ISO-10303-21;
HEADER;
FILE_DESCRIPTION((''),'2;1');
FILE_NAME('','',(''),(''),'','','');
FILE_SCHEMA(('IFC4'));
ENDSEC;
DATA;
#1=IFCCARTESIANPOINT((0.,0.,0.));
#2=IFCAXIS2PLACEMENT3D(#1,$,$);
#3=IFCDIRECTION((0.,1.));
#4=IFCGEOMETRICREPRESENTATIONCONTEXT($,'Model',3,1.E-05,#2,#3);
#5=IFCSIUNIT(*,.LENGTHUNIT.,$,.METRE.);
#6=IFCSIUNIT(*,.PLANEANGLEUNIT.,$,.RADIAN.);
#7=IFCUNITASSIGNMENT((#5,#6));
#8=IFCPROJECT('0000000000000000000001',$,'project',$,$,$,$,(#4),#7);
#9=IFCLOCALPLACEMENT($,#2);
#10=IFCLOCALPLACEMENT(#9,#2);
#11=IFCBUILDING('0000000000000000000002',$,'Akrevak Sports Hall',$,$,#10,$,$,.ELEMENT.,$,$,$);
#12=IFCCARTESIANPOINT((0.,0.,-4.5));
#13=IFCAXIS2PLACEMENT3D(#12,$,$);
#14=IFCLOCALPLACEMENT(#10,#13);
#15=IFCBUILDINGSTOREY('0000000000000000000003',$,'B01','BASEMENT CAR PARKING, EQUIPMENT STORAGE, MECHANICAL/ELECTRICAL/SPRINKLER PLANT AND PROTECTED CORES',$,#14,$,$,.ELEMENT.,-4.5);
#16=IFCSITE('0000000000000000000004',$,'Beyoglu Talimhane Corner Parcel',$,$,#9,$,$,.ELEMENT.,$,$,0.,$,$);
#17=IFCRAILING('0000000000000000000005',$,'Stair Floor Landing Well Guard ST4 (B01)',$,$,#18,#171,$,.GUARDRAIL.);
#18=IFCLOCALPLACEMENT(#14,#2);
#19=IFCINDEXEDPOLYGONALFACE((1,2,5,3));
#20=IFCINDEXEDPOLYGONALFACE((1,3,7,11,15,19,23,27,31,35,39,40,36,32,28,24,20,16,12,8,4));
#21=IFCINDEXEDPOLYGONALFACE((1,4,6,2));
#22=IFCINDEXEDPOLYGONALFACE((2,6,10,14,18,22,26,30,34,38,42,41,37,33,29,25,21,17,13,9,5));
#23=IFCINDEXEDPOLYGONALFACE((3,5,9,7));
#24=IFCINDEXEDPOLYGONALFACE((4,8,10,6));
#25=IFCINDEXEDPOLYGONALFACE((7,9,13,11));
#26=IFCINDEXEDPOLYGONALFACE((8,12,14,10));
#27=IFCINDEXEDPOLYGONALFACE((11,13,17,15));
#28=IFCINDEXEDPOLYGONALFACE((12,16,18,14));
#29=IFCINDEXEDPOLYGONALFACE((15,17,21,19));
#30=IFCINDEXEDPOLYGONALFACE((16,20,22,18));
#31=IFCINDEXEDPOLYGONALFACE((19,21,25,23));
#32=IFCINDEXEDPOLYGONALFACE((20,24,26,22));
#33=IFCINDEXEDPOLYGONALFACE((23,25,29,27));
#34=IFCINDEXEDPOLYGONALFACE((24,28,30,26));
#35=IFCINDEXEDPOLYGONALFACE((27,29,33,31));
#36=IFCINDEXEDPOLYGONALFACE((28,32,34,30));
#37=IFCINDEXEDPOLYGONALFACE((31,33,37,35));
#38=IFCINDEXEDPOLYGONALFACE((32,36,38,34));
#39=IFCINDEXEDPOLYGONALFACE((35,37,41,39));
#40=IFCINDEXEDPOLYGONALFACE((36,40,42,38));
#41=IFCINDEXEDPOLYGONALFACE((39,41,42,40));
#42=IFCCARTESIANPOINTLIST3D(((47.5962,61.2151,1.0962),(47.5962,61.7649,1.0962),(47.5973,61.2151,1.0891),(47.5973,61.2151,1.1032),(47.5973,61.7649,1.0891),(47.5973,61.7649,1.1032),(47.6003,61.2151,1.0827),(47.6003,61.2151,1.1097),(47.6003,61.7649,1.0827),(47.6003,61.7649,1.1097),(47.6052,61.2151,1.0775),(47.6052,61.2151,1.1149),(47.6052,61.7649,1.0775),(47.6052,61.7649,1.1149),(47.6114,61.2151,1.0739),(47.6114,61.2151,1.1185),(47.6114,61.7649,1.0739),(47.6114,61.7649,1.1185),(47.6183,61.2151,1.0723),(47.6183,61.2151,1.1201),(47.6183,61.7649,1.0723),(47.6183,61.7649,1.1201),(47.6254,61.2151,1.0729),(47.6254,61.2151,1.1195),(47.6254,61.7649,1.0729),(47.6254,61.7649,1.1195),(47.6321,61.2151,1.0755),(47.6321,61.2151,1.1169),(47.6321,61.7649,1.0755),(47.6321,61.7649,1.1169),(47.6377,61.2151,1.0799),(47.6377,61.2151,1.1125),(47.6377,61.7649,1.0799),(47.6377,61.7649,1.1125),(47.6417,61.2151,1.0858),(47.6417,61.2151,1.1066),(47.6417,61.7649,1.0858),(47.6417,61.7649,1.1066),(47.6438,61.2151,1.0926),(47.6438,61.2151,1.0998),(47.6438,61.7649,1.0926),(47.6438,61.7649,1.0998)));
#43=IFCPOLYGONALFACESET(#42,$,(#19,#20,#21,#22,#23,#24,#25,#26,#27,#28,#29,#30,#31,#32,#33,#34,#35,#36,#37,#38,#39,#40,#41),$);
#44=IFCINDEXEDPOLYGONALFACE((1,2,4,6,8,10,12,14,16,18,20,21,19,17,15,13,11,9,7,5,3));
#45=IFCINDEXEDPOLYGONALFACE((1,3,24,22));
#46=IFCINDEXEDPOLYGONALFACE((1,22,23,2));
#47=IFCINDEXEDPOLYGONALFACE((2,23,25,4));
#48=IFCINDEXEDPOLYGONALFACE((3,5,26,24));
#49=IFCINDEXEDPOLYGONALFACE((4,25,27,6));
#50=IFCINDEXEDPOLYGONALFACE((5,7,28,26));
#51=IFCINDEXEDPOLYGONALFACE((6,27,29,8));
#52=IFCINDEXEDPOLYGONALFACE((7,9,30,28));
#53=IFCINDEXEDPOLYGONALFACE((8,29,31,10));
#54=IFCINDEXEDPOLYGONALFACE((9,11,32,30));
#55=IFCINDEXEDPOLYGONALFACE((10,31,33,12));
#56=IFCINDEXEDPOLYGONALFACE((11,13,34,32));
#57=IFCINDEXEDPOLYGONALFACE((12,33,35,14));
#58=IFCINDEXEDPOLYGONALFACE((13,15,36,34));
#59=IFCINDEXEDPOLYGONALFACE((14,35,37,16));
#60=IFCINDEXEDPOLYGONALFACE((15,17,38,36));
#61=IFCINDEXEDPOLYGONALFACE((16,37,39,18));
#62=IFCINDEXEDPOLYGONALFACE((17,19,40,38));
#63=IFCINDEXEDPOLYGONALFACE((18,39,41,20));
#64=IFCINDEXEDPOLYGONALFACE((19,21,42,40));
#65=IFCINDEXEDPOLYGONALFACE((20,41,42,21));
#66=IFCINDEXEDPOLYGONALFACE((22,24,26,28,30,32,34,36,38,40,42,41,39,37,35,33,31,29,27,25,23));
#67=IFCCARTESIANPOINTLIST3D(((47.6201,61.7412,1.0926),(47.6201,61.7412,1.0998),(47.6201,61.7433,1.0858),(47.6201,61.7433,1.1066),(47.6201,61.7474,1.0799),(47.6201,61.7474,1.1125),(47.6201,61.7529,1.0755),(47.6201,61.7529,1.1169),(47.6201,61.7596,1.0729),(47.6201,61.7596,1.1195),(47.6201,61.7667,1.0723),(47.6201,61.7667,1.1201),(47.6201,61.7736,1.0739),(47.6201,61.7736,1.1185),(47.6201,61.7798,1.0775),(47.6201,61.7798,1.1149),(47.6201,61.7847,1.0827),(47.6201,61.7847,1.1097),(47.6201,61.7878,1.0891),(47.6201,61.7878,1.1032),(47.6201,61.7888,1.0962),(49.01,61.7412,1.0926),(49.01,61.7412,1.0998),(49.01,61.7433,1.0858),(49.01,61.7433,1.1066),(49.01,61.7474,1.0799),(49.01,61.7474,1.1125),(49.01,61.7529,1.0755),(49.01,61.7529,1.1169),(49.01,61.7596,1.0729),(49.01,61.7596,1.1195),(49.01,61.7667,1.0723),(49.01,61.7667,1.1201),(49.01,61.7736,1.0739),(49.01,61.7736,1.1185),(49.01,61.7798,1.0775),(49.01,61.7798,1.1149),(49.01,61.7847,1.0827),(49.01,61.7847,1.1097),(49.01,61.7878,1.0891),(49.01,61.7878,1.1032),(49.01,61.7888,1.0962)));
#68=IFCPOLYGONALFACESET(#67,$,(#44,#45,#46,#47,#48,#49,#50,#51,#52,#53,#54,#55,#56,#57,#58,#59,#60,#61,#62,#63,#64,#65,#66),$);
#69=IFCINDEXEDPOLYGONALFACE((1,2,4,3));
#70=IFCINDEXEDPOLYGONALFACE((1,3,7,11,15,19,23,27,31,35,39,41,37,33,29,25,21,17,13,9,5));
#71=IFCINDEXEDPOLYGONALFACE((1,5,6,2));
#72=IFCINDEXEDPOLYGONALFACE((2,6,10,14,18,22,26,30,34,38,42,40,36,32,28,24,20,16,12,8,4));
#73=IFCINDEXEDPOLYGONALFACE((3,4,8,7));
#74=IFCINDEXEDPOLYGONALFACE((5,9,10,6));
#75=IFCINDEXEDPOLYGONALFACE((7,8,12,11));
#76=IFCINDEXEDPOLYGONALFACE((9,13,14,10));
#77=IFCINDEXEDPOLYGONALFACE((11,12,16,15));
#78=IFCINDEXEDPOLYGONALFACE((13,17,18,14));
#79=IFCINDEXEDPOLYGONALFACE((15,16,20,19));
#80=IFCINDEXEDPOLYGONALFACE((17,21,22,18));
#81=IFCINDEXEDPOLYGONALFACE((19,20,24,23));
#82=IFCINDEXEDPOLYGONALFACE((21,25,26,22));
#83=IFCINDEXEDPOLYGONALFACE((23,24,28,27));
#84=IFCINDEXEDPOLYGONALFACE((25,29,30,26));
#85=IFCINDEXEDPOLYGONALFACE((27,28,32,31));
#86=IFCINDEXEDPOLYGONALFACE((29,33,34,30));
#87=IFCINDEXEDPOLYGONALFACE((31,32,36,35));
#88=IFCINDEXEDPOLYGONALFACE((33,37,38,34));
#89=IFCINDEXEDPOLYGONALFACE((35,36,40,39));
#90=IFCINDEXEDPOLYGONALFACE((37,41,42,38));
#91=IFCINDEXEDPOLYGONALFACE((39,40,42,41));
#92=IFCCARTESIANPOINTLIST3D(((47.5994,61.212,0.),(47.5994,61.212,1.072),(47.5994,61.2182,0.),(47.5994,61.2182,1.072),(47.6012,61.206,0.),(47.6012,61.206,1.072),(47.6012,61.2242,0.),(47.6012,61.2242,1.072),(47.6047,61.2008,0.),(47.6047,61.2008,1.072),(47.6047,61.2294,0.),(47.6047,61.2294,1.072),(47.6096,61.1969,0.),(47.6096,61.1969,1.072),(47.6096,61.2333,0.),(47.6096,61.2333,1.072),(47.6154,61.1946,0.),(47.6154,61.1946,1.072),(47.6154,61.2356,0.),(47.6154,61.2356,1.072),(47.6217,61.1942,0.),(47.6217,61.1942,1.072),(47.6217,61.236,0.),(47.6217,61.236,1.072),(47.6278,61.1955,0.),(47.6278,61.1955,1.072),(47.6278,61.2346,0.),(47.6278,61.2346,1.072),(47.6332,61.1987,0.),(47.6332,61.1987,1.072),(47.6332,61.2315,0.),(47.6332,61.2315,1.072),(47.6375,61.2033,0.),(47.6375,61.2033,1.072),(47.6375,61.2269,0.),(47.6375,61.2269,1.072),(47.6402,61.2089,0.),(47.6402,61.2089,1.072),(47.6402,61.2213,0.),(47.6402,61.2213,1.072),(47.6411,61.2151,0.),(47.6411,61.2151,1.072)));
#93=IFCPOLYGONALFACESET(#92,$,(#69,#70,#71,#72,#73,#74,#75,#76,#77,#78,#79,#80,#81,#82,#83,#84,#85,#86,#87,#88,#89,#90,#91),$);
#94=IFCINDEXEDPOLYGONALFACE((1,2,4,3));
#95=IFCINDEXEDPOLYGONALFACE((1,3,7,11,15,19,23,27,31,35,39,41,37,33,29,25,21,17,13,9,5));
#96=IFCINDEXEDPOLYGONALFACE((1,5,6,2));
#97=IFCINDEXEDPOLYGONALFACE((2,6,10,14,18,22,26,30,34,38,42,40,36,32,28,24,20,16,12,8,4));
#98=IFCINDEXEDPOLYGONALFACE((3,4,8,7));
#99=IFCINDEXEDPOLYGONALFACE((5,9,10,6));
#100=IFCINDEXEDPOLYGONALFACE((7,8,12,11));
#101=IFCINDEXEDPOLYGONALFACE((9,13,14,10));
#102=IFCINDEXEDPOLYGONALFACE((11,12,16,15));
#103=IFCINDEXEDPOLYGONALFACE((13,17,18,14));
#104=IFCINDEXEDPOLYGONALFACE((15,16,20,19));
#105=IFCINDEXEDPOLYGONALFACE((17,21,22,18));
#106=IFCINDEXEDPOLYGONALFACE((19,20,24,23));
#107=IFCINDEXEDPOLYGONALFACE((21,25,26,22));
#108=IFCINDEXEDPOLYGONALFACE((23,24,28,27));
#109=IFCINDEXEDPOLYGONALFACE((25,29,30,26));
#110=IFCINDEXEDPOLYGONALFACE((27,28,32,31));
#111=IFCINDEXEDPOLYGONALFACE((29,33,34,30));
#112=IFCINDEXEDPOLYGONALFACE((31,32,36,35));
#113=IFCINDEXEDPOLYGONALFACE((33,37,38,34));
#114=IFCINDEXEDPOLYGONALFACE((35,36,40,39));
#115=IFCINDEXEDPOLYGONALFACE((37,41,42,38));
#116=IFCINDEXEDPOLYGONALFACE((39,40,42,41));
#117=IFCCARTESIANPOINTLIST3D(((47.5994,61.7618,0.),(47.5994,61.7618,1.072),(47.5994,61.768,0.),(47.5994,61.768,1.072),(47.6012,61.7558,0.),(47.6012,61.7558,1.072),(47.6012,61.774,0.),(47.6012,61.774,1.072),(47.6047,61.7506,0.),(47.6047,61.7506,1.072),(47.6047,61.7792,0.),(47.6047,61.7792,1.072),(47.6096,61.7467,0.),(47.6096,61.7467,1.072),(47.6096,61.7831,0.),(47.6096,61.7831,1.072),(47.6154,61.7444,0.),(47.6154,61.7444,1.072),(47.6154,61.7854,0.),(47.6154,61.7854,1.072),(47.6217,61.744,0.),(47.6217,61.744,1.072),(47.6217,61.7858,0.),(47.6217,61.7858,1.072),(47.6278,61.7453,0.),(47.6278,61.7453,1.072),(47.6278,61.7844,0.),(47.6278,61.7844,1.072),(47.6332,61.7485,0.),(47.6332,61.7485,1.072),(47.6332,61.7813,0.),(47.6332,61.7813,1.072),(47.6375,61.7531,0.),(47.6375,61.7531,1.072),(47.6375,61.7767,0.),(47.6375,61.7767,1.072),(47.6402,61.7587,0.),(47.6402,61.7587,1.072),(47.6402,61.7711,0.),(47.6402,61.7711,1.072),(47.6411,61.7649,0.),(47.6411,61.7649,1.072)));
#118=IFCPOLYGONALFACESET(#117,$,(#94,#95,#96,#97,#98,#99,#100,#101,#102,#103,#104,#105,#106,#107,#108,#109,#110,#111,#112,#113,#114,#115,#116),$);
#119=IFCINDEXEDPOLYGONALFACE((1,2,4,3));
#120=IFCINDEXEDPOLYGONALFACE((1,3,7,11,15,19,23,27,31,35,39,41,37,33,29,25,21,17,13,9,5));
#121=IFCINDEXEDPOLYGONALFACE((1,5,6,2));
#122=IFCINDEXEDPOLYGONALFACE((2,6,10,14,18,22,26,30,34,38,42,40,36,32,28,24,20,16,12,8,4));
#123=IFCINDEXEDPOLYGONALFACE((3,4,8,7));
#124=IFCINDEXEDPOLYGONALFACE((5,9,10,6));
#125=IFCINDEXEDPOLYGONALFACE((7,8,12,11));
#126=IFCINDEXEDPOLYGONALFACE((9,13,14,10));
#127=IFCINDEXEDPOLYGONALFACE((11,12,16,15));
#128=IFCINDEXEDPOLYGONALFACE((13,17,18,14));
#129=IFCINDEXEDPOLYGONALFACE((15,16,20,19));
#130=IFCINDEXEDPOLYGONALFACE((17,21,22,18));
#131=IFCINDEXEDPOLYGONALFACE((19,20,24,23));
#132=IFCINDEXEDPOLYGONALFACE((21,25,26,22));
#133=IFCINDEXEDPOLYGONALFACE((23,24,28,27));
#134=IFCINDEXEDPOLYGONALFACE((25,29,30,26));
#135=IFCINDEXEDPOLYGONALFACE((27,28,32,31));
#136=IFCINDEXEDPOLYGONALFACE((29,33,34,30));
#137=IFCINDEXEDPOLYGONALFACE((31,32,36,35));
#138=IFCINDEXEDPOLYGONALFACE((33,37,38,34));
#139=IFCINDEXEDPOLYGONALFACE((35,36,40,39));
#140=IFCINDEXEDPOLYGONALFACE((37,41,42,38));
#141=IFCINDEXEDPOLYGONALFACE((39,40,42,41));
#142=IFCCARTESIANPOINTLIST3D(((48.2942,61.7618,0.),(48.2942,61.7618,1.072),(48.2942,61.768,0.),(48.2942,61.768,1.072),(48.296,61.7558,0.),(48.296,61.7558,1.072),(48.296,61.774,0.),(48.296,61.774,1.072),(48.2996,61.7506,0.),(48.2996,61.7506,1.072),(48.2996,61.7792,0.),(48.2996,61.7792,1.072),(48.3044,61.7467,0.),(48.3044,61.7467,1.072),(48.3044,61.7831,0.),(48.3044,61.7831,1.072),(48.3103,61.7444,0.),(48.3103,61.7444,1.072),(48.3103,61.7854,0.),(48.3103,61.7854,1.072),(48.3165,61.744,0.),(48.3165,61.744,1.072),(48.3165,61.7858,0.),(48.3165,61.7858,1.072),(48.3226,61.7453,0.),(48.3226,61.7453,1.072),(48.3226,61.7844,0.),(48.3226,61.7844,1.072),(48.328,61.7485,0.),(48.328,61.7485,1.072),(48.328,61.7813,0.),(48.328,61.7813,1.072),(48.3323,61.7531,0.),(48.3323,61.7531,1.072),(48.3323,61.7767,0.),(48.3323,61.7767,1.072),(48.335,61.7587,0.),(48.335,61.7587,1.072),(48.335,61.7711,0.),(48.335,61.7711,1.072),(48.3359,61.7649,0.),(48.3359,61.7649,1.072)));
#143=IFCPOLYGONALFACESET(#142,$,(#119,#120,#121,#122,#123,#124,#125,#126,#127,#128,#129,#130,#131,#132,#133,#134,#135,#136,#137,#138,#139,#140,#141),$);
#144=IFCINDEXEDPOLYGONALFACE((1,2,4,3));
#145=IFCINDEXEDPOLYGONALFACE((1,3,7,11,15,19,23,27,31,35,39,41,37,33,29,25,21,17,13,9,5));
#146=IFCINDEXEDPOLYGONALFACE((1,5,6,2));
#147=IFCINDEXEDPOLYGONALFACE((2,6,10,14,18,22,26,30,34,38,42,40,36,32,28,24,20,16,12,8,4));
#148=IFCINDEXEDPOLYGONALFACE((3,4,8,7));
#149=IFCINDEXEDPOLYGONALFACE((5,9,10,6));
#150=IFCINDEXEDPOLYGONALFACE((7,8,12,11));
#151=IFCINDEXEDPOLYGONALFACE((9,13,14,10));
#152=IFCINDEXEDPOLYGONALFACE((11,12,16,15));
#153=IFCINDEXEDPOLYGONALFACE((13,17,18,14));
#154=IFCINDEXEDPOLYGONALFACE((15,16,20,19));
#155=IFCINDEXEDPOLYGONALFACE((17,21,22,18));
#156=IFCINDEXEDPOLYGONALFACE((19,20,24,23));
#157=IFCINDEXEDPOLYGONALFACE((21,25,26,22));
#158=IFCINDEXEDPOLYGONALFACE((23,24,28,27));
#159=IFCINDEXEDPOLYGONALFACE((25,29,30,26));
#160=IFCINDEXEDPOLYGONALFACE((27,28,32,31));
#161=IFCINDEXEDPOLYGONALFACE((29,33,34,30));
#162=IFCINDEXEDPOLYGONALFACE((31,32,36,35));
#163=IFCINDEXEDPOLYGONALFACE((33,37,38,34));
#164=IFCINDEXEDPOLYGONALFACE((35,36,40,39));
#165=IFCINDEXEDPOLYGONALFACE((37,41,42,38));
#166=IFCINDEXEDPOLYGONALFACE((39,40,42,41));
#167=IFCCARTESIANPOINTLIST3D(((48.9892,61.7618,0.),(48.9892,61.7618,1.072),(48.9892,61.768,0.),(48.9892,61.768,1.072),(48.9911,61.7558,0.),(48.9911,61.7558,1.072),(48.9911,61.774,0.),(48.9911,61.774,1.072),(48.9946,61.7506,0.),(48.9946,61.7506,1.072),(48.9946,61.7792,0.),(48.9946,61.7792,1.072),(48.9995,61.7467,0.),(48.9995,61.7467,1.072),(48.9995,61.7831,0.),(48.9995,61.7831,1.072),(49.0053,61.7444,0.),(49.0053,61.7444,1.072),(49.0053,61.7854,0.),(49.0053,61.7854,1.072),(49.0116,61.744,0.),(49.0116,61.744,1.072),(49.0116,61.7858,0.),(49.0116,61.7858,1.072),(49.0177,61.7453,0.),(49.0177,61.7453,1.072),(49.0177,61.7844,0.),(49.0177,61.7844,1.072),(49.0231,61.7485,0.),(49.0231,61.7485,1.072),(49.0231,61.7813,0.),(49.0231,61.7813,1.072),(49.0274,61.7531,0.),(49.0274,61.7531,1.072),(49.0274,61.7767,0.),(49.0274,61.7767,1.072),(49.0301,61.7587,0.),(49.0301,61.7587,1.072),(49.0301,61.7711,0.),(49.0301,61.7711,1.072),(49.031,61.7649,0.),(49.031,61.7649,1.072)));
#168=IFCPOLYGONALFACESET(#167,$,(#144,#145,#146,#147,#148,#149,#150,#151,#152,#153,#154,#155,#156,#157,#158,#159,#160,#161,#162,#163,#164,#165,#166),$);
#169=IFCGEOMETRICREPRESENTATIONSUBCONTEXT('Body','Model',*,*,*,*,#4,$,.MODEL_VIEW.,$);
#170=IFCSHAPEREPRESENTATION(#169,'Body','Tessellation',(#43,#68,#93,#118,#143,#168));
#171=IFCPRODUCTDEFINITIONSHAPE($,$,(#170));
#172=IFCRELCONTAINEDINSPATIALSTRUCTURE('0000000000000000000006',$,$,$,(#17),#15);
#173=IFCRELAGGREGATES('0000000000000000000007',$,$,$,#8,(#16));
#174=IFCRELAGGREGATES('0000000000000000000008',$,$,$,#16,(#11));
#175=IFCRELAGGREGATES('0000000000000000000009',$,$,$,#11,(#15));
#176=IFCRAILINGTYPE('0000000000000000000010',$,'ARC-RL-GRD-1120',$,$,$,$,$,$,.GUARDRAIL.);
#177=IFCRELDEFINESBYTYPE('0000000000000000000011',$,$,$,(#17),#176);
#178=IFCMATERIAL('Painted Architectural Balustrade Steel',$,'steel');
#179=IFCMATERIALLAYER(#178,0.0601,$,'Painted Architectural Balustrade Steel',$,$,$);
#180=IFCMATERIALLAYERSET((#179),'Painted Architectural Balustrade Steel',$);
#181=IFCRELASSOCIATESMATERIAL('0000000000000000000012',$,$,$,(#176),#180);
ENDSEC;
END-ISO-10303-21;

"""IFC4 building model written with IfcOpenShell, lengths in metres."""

from ifc_helpers import new_model, si_unit, direction, frame, origin, origin_2d, place, context, subcontext, project, spatial, circle, extrude, material, layer, layer_set, type_object, element, save


model = new_model("IFC4")

# Units and contexts
model_context = context("Model", 3, precision=1e-05, world=origin(), true_north=direction((0.0, 1.0)))
body_context = subcontext(model_context, "Body", "Model", "MODEL_VIEW")
ifc_project = project(units=[si_unit("LENGTHUNIT", "METRE"), si_unit("PLANEANGLEUNIT", "RADIAN")], contexts=[model_context])

# Site, building, storey
site_placement = place(None, origin())
site = spatial("IfcSite", under=ifc_project, at=site_placement, Name="Beyoglu Talimhane Corner Parcel", CompositionType="ELEMENT", RefElevation=0.0)
building_placement = place(site_placement, origin())
building = spatial("IfcBuilding", under=site, at=building_placement, Name="Akrevak Sports Hall", CompositionType="ELEMENT")
storey_placement = place(building_placement, frame((0.0, 0.0, -4.5)))
storey = spatial("IfcBuildingStorey", under=building, at=storey_placement, Name="B01", Description="BASEMENT CAR PARKING, EQUIPMENT STORAGE, MECHANICAL/ELECTRICAL/SPRINKLER PLANT AND PROTECTED CORES", CompositionType="ELEMENT", Elevation=-4.5)

# Railing
ifc_material_1 = material(Name="Painted Architectural Balustrade Steel", Category="steel")
ifc_layer_1 = layer(ifc_material_1, 0.0601, Name="Painted Architectural Balustrade Steel")
ifc_layer_set_1 = layer_set([ifc_layer_1], Name="Painted Architectural Balustrade Steel")
railing_type_1 = type_object("IfcRailingType", Name="ARC-RL-GRD-1120", PredefinedType="GUARDRAIL", material=ifc_layer_set_1)
railing_1_placement = place(storey_placement, frame((47.6201, 61.2151, 0.0)))
element("IfcRailing", 1, at=railing_1_placement, inside=storey, type_object=railing_type_1, Name="Stair Floor Landing Well Guard ST4 (B01)", PredefinedType="GUARDRAIL", context=body_context, shape_type="SweptSolid", body=[
    extrude(circle(Radius=0.0239, at=origin_2d()), frame((0.0, 0.0, 1.0962), z_axis=(0.0, 1.0, 0.0), x_axis=(-1.0, 0.0, 0.0)), (0.0, 0.0, 1.0), 0.5498),
    extrude(circle(Radius=0.0239, at=origin_2d()), frame((0.0, 0.5498, 1.0962), z_axis=(1.0, 0.0, 0.0), x_axis=(0.0, 1.0, 0.0)), (0.0, 0.0, 1.0), 1.3899),
    extrude(circle(Radius=0.021, at=origin_2d()), origin(), (0.0, 0.0, 1.0), 1.072),
    extrude(circle(Radius=0.021, at=origin_2d()), frame((0.0, 0.5498, 0.0)), (0.0, 0.0, 1.0), 1.072),
    extrude(circle(Radius=0.021, at=origin_2d()), frame((0.6948, 0.5498, 0.0)), (0.0, 0.0, 1.0), 1.072),
    extrude(circle(Radius=0.021, at=origin_2d()), frame((1.3899, 0.5498, 0.0)), (0.0, 0.0, 1.0), 1.072),
])

save(model, "model.ifc")
